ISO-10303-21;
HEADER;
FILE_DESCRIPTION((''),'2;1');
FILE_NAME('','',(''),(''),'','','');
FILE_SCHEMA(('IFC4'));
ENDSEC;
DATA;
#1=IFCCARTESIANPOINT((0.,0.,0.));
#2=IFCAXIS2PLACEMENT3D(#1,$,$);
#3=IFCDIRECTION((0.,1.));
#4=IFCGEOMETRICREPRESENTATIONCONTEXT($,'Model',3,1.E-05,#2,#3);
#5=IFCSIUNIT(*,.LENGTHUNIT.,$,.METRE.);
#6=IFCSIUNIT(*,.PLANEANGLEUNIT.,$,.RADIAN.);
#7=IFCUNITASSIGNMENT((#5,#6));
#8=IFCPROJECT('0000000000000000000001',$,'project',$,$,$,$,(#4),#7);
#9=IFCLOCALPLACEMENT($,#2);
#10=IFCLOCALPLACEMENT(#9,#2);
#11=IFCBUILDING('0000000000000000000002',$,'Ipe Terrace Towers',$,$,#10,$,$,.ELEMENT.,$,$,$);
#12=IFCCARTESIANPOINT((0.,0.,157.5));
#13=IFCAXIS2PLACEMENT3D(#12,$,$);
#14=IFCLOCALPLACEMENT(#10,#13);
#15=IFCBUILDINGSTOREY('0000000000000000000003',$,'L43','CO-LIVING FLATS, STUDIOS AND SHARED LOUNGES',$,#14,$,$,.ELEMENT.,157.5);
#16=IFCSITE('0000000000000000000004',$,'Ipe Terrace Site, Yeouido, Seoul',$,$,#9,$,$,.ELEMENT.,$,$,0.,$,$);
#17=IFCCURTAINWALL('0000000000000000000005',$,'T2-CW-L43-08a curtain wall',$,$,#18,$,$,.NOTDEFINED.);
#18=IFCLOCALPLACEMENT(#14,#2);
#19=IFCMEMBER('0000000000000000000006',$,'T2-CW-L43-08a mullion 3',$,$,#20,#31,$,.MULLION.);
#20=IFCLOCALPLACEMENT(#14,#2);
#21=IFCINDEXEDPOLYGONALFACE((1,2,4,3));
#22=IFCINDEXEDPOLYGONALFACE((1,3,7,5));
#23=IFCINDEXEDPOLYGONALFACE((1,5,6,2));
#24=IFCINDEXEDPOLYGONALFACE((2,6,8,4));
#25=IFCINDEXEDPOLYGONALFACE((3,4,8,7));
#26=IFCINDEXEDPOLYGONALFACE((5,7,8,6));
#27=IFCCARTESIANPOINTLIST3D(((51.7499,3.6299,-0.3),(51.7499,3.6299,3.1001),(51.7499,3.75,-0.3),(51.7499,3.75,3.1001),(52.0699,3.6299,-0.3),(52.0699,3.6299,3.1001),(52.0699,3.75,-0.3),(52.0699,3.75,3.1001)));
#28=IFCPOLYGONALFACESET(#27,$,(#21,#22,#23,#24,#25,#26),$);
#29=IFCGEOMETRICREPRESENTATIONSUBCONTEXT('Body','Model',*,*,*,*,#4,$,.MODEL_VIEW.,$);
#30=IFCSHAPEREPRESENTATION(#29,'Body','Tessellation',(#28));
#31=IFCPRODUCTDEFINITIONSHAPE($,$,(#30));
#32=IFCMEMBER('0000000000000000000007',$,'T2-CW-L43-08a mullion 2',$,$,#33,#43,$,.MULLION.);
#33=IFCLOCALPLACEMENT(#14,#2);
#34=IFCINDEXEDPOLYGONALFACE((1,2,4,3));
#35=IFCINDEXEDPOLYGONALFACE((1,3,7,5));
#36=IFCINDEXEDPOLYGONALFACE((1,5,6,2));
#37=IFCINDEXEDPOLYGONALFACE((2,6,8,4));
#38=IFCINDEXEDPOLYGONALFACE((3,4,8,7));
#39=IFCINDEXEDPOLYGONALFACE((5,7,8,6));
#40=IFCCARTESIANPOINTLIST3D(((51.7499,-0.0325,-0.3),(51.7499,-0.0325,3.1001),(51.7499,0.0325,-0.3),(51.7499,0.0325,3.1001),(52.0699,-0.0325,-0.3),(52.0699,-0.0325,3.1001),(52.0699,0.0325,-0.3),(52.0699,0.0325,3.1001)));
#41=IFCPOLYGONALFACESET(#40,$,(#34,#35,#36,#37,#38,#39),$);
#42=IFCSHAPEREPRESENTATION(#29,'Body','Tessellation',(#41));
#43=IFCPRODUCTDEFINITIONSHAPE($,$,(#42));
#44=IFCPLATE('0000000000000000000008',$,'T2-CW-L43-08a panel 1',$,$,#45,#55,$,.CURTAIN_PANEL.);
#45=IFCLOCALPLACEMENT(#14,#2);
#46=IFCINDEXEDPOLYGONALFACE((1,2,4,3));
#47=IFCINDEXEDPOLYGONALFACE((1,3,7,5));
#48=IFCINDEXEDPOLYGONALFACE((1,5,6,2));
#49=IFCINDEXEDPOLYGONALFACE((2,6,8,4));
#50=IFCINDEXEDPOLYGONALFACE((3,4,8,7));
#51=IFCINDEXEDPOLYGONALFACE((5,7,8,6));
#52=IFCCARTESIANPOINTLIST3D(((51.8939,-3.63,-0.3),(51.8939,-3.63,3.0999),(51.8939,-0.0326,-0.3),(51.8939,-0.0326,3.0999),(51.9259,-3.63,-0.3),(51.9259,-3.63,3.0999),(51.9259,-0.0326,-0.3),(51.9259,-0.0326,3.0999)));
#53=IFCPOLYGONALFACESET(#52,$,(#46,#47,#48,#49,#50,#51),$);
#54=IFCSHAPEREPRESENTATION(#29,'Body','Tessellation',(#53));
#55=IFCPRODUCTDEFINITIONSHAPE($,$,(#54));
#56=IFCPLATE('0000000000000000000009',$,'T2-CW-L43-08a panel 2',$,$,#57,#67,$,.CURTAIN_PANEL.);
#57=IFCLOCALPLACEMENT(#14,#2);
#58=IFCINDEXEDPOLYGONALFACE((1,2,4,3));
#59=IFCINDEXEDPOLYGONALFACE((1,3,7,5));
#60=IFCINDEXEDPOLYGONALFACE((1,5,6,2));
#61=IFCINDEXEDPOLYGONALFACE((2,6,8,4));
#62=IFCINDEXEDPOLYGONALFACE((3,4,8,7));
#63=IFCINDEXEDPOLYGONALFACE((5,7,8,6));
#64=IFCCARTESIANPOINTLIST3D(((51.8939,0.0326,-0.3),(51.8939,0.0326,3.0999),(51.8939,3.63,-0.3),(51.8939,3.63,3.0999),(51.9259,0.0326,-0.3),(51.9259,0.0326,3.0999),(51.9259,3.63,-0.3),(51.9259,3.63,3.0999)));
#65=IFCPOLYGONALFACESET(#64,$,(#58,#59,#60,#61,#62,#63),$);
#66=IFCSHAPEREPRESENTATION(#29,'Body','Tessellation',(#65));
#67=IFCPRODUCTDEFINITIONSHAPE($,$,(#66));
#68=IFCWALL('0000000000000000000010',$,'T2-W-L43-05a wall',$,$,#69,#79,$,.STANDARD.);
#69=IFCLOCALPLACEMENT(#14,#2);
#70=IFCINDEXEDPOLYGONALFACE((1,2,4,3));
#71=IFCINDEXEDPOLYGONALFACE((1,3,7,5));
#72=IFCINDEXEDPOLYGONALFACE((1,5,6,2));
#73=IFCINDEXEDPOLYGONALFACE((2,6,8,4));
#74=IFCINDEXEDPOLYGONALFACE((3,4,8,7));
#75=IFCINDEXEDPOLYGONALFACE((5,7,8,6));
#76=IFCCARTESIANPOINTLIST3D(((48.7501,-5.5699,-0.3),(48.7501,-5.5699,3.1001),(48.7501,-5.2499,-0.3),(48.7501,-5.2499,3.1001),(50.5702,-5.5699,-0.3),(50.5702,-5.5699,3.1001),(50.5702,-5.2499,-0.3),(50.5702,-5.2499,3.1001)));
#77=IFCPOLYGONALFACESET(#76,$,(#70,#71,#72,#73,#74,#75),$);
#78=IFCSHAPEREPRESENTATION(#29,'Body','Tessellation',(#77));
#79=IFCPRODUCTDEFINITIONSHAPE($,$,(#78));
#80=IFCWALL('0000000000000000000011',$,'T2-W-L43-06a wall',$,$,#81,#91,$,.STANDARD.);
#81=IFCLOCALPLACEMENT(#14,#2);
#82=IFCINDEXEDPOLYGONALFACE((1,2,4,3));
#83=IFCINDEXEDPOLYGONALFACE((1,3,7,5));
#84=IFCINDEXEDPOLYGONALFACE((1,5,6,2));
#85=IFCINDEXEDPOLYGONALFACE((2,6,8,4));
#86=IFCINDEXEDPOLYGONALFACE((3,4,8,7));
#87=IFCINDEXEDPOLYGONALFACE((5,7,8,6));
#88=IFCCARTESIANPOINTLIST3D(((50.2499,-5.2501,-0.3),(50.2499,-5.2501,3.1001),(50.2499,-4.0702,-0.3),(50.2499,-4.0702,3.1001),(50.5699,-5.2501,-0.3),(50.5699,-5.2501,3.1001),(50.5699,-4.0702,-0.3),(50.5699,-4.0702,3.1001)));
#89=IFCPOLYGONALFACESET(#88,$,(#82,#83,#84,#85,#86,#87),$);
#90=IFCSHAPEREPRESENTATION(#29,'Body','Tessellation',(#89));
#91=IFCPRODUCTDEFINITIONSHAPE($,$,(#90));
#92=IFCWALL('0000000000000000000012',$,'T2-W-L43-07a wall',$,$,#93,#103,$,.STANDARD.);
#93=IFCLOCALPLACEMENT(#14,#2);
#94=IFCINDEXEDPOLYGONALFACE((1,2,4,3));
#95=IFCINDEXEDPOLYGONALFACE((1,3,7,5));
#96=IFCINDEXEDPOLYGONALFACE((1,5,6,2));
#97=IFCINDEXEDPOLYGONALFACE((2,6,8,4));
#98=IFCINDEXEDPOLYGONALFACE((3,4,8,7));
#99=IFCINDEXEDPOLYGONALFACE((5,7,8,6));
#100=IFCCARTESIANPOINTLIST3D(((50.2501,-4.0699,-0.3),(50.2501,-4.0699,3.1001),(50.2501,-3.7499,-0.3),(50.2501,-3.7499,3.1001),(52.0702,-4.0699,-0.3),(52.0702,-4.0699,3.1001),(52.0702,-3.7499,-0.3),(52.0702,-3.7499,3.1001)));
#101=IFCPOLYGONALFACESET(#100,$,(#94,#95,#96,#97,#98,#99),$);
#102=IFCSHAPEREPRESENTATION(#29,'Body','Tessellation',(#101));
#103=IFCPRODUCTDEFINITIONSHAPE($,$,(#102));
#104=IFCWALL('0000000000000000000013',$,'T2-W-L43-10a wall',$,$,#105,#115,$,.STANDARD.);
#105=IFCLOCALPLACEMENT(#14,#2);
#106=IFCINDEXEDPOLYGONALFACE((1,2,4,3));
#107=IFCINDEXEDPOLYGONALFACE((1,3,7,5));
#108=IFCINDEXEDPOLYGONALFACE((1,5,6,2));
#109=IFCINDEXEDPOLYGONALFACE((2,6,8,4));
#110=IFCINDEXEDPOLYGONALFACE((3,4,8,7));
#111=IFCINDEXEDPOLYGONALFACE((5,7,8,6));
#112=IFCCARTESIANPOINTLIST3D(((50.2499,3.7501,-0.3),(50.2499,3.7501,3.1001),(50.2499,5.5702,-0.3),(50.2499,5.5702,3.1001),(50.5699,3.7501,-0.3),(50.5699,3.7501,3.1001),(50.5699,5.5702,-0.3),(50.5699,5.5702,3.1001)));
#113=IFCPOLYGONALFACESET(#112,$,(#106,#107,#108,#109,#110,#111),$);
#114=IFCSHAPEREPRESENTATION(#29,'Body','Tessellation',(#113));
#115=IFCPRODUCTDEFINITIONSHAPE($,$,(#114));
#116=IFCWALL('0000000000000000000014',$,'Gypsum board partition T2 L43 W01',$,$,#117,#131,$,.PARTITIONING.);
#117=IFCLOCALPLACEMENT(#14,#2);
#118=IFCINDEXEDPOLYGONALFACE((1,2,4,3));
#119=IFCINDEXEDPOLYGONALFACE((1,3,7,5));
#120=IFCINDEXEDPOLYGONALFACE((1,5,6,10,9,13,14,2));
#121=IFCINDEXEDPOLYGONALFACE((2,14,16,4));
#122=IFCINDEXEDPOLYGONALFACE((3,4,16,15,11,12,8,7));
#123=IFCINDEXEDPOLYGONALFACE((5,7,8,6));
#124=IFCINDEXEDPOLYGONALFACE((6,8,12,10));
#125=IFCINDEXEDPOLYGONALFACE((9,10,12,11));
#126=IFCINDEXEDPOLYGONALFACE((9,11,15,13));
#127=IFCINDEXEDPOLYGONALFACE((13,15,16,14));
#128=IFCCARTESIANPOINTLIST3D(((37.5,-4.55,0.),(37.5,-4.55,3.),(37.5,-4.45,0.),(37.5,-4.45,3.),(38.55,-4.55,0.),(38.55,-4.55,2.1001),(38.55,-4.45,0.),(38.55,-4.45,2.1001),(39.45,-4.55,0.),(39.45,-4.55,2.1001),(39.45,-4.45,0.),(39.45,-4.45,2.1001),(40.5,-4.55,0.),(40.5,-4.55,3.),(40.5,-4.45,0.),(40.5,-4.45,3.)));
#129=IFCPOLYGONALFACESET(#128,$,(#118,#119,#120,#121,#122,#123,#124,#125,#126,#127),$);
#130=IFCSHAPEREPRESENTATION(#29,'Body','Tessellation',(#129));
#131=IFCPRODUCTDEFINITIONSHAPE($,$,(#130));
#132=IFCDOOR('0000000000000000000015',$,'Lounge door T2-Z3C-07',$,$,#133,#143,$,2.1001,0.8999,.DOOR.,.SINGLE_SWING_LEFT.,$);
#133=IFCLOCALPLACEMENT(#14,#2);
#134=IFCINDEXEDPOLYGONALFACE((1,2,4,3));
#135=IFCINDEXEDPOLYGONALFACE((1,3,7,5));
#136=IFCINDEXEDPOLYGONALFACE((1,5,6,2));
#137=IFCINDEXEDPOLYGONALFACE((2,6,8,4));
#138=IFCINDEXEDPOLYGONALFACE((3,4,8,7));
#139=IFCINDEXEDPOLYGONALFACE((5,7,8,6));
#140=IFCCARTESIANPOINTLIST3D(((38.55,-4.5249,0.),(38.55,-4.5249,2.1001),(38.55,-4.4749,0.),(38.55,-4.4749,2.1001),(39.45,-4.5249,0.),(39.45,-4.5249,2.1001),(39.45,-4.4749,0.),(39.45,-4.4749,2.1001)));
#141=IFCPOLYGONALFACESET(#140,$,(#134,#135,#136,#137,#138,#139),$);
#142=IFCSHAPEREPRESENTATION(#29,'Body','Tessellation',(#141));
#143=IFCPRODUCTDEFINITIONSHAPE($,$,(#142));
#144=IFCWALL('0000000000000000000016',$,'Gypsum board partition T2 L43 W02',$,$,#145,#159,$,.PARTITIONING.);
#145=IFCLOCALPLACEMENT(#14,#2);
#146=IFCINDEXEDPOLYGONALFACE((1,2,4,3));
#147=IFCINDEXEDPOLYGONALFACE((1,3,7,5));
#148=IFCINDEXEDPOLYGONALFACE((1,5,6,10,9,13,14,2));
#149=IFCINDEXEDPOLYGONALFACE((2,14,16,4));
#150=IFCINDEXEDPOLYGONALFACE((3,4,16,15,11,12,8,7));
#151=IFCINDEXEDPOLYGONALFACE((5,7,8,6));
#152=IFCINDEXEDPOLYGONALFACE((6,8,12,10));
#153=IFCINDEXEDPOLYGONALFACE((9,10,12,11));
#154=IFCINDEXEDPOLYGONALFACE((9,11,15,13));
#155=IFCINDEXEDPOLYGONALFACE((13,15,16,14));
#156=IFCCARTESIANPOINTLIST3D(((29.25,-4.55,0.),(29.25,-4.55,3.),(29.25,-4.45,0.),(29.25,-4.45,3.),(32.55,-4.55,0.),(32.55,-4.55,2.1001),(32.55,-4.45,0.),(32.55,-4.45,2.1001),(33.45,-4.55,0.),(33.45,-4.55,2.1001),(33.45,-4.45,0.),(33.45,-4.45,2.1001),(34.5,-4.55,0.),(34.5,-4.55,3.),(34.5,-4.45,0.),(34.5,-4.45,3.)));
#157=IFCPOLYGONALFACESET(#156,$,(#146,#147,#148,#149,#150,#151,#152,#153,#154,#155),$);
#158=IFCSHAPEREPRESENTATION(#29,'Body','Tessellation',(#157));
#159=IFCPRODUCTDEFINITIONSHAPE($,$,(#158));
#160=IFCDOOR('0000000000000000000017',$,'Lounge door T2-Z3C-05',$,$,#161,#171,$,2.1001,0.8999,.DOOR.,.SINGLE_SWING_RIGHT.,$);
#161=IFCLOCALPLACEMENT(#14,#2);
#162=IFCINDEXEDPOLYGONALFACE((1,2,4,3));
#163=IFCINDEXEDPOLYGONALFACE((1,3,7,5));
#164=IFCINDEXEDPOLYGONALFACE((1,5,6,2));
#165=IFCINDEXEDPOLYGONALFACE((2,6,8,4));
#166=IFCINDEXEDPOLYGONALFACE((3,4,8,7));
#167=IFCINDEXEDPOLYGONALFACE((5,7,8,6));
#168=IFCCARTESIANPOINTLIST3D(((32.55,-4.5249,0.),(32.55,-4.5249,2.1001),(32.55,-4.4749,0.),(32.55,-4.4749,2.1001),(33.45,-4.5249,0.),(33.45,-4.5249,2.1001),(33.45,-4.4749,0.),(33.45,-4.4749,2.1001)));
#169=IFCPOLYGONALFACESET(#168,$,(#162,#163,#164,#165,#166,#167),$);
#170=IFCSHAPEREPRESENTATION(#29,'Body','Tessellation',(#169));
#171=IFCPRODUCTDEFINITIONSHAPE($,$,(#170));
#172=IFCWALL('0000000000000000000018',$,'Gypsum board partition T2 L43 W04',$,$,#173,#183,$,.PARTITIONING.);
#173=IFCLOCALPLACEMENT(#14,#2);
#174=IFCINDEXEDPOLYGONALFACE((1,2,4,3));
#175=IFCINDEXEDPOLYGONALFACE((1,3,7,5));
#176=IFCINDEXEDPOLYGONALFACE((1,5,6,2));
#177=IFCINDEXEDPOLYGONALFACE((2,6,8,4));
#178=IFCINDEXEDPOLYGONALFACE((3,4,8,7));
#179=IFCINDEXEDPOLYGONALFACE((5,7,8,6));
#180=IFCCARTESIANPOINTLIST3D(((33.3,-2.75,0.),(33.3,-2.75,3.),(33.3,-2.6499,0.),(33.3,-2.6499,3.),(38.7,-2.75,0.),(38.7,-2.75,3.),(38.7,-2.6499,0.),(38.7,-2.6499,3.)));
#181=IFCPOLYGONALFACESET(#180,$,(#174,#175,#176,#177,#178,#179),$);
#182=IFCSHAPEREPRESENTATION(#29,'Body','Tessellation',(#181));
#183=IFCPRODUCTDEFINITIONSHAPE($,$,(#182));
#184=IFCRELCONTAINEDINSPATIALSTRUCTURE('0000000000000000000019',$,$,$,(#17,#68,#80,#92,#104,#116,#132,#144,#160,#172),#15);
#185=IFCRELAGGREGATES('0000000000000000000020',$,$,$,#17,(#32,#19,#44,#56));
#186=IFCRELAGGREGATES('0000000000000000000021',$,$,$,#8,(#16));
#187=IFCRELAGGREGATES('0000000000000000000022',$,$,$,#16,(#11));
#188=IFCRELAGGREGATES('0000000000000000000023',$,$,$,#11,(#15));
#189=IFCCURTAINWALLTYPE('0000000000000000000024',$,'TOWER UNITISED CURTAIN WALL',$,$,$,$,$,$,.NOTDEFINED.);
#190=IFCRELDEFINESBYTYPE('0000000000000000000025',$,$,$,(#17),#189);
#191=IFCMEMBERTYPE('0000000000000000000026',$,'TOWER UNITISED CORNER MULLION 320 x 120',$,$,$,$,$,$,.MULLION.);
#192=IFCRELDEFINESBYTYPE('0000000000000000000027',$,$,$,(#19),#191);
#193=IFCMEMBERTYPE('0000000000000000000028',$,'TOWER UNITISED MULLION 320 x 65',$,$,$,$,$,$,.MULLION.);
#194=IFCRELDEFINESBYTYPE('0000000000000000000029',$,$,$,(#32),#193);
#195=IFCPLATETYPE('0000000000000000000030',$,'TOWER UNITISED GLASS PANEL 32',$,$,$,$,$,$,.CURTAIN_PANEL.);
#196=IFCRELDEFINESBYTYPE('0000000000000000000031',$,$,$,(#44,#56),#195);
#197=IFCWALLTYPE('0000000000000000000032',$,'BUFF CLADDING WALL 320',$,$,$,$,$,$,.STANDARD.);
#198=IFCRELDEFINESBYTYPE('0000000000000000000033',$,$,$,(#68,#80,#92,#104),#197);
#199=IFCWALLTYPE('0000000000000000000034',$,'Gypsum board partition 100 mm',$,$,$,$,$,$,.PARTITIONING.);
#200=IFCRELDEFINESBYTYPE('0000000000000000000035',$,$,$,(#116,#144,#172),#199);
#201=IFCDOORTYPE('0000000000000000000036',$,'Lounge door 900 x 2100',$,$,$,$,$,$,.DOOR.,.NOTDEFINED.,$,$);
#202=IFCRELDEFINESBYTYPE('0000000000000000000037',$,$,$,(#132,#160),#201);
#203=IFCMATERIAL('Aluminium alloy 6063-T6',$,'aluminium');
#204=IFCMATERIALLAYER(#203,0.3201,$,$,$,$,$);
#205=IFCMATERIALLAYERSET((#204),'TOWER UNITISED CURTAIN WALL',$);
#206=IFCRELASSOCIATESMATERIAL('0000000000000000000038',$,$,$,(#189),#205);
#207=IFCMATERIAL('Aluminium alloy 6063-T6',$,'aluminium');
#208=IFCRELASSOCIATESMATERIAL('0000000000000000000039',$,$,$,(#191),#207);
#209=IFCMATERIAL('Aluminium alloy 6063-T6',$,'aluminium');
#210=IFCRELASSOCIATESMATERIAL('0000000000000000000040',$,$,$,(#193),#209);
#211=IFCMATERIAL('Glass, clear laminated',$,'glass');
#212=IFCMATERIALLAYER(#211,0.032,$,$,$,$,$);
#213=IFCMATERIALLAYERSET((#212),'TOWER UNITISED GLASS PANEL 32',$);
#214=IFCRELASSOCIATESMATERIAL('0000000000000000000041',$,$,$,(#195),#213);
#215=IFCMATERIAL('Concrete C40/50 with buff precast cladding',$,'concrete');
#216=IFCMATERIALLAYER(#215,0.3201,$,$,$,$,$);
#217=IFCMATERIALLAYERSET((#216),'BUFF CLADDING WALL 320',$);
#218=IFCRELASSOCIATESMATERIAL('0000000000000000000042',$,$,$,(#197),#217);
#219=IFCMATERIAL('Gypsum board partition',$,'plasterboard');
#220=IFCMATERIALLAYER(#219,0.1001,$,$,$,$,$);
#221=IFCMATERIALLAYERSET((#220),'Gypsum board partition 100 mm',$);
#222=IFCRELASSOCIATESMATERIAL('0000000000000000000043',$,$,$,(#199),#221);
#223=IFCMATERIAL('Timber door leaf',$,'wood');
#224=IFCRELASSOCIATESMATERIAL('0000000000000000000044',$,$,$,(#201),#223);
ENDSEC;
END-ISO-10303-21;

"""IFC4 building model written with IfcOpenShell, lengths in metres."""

from ifc_helpers import new_model, si_unit, direction, frame, frame_2d, origin, origin_2d, place, context, subcontext, project, spatial, rectangle, extrude, material, layer, layer_set, material_profile, profile_set, type_object, element, fill, aggregate, save


model = new_model("IFC4")

# Units and contexts
model_context = context("Model", 3, precision=1e-05, world=origin(), true_north=direction((0.0, 1.0)))
body_context = subcontext(model_context, "Body", "Model", "MODEL_VIEW")
ifc_project = project(units=[si_unit("LENGTHUNIT", "METRE"), si_unit("PLANEANGLEUNIT", "RADIAN")], contexts=[model_context])

# Site, building, storey
site_placement = place(None, origin())
site = spatial("IfcSite", under=ifc_project, at=site_placement, Name="Ipe Terrace Site, Yeouido, Seoul", CompositionType="ELEMENT", RefElevation=0.0)
building_placement = place(site_placement, origin())
building = spatial("IfcBuilding", under=site, at=building_placement, Name="Ipe Terrace Towers", CompositionType="ELEMENT")
storey_placement = place(building_placement, frame((0.0, 0.0, 157.5)))
storey = spatial("IfcBuildingStorey", under=building, at=storey_placement, Name="L43", Description="CO-LIVING FLATS, STUDIOS AND SHARED LOUNGES", CompositionType="ELEMENT", Elevation=157.5)

# Curtain wall, members, plates
ifc_material_1 = material(Name="Aluminium alloy 6063-T6", Category="aluminium")
ifc_layer_1 = layer(ifc_material_1, 0.3201)
ifc_layer_set_1 = layer_set([ifc_layer_1], Name="TOWER UNITISED CURTAIN WALL")
curtain_wall_type = type_object("IfcCurtainWallType", Name="TOWER UNITISED CURTAIN WALL", PredefinedType="NOTDEFINED", material=ifc_layer_set_1)
curtain_wall_placement = place(storey_placement, origin())
curtain_wall = element("IfcCurtainWall", 1, at=curtain_wall_placement, inside=storey, type_object=curtain_wall_type, Name="T2-CW-L43-08a curtain wall", PredefinedType="NOTDEFINED")
ifc_material_2 = material(Name="Aluminium alloy 6063-T6", Category="aluminium")
ifc_material_profile_1 = material_profile(ifc_material_2, rectangle(XDim=0.3201, YDim=0.1201, at=origin_2d()), Name="TOWER UNITISED CORNER MULLION 320 x 120")
ifc_profile_set_1 = profile_set([ifc_material_profile_1], Name="Aluminium alloy 6063-T6")
member_type_1 = type_object("IfcMemberType", Name="TOWER UNITISED CORNER MULLION 320 x 120", PredefinedType="MULLION", material=ifc_profile_set_1)
member_1_placement = place(storey_placement, frame((51.9099, 3.6899, -0.3), z_axis=(0.0, 0.0, 1.0), x_axis=(1.0, 0.0, 0.0)))
member_1 = element("IfcMember", 2, at=member_1_placement, type_object=member_type_1, Name="T2-CW-L43-08a mullion 3", PredefinedType="MULLION", context=body_context, shape_type="SweptSolid", body=[
    extrude(rectangle(XDim=0.3201, YDim=0.1201, at=origin_2d()), origin(), (0.0, 0.0, 1.0), 3.4001),
])
ifc_material_3 = material(Name="Aluminium alloy 6063-T6", Category="aluminium")
ifc_material_profile_2 = material_profile(ifc_material_3, rectangle(XDim=0.3201, YDim=0.0649, at=origin_2d()), Name="TOWER UNITISED MULLION 320 x 65")
ifc_profile_set_2 = profile_set([ifc_material_profile_2], Name="Aluminium alloy 6063-T6")
member_type_2 = type_object("IfcMemberType", Name="TOWER UNITISED MULLION 320 x 65", PredefinedType="MULLION", material=ifc_profile_set_2)
member_2_placement = place(storey_placement, frame((51.9099, 0.0, -0.3), z_axis=(0.0, 0.0, 1.0), x_axis=(1.0, 0.0, 0.0)))
member_2 = element("IfcMember", 3, at=member_2_placement, type_object=member_type_2, Name="T2-CW-L43-08a mullion 2", PredefinedType="MULLION", context=body_context, shape_type="SweptSolid", body=[
    extrude(rectangle(XDim=0.3201, YDim=0.0649, at=origin_2d()), origin(), (0.0, 0.0, 1.0), 3.4001),
])
ifc_material_4 = material(Name="Glass, clear laminated", Category="glass")
ifc_layer_2 = layer(ifc_material_4, 0.032)
ifc_layer_set_2 = layer_set([ifc_layer_2], Name="TOWER UNITISED GLASS PANEL 32")
plate_type = type_object("IfcPlateType", Name="TOWER UNITISED GLASS PANEL 32", PredefinedType="CURTAIN_PANEL", material=ifc_layer_set_2)
plate_1_placement = place(storey_placement, frame((51.9099, -1.8313, -0.3), z_axis=(0.0, 0.0, 1.0), x_axis=(0.0, 1.0, 0.0)))
plate_1 = element("IfcPlate", 4, at=plate_1_placement, type_object=plate_type, Name="T2-CW-L43-08a panel 1", PredefinedType="CURTAIN_PANEL", context=body_context, shape_type="SweptSolid", body=[
    extrude(rectangle(XDim=3.5974, YDim=0.032, at=origin_2d()), origin(), (0.0, 0.0, 1.0), 3.3999),
])
plate_2_placement = place(storey_placement, frame((51.9099, 1.8313, -0.3), z_axis=(0.0, 0.0, 1.0), x_axis=(0.0, 1.0, 0.0)))
plate_2 = element("IfcPlate", 5, at=plate_2_placement, type_object=plate_type, Name="T2-CW-L43-08a panel 2", PredefinedType="CURTAIN_PANEL", context=body_context, shape_type="SweptSolid", body=[
    extrude(rectangle(XDim=3.5974, YDim=0.032, at=origin_2d()), origin(), (0.0, 0.0, 1.0), 3.3999),
])
aggregate(curtain_wall, [member_2, member_1, plate_1, plate_2])

# Walls
ifc_material_5 = material(Name="Concrete C40/50 with buff precast cladding", Category="concrete")
ifc_layer_3 = layer(ifc_material_5, 0.3201)
ifc_layer_set_3 = layer_set([ifc_layer_3], Name="BUFF CLADDING WALL 320")
wall_type_1 = type_object("IfcWallType", Name="BUFF CLADDING WALL 320", PredefinedType="STANDARD", material=ifc_layer_set_3)
wall_1_placement = place(storey_placement, frame((48.75, -5.4099, -0.3), z_axis=(0.0, 0.0, 1.0), x_axis=(1.0, 0.0, 0.0)))
element("IfcWall", 6, at=wall_1_placement, inside=storey, type_object=wall_type_1, Name="T2-W-L43-05a wall", PredefinedType="STANDARD", context=body_context, shape_type="SweptSolid", body=[
    extrude(rectangle(XDim=1.8201, YDim=0.3201, at=frame_2d((0.9102, 0.0))), origin(), (0.0, 0.0, 1.0), 3.4001),
])
wall_2_placement = place(storey_placement, frame((50.4099, -5.25, -0.3), z_axis=(0.0, 0.0, 1.0), x_axis=(0.0, 1.0, 0.0)))
element("IfcWall", 7, at=wall_2_placement, inside=storey, type_object=wall_type_1, Name="T2-W-L43-06a wall", PredefinedType="STANDARD", context=body_context, shape_type="SweptSolid", body=[
    extrude(rectangle(XDim=1.1799, YDim=0.3201, at=frame_2d((0.5898, 0.0))), origin(), (0.0, 0.0, 1.0), 3.4001),
])
for number, where, z_axis, x_axis, name in (
    (8, (50.25, -3.9099, -0.3), (0.0, 0.0, 1.0), (1.0, 0.0, 0.0), "T2-W-L43-07a wall"),
    (9, (50.4099, 3.75, -0.3), (0.0, 0.0, 1.0), (0.0, 1.0, 0.0), "T2-W-L43-10a wall"),
):
    element("IfcWall", number, at=place(storey_placement, frame(where, z_axis=z_axis, x_axis=x_axis)), inside=storey, type_object=wall_type_1, Name=name, PredefinedType="STANDARD", context=body_context, shape_type="SweptSolid", body=[
        extrude(rectangle(XDim=1.8201, YDim=0.3201, at=frame_2d((0.9102, 0.0))), origin(), (0.0, 0.0, 1.0), 3.4001),
    ])

# Walls, openings, doors
ifc_material_6 = material(Name="Gypsum board partition", Category="plasterboard")
ifc_layer_4 = layer(ifc_material_6, 0.1001)
ifc_layer_set_4 = layer_set([ifc_layer_4], Name="Gypsum board partition 100 mm")
wall_type_2 = type_object("IfcWallType", Name="Gypsum board partition 100 mm", PredefinedType="PARTITIONING", material=ifc_layer_set_4)
wall_3_placement = place(storey_placement, frame((40.5, -4.5, 0.0), z_axis=(0.0, 0.0, 1.0), x_axis=(-1.0, 0.0, 0.0)))
wall_3 = element("IfcWall", 10, at=wall_3_placement, inside=storey, type_object=wall_type_2, Name="Gypsum board partition T2 L43 W01", PredefinedType="PARTITIONING", context=body_context, shape_type="SweptSolid", body=[
    extrude(rectangle(XDim=3.0, YDim=0.1001, at=frame_2d((1.5, 0.0))), origin(), (0.0, 0.0, 1.0), 3.0),
])
opening_1_placement = place(wall_3_placement, frame((1.05, 0.0, 0.0)))
opening_1 = element("IfcOpeningElement", 11, at=opening_1_placement, cuts=wall_3, PredefinedType="OPENING", context=body_context, shape_type="SweptSolid", body=[
    extrude(rectangle(XDim=0.8999, YDim=2.1001, at=frame_2d((0.45, 1.05))), frame((0.0, 0.0601, 0.0), z_axis=(0.0, -1.0, 0.0), x_axis=(1.0, 0.0, 0.0)), (0.0, 0.0, 1.0), 0.1201),
])
ifc_material_7 = material(Name="Timber door leaf", Category="wood")
door_type = type_object("IfcDoorType", Name="Lounge door 900 x 2100", OperationType="NOTDEFINED", PredefinedType="DOOR", material=ifc_material_7)
door_1_placement = place(opening_1_placement, origin())
door_1 = element("IfcDoor", 12, at=door_1_placement, inside=storey, type_object=door_type, Name="Lounge door T2-Z3C-07", OperationType="SINGLE_SWING_LEFT", OverallHeight=2.1001, OverallWidth=0.8999, PredefinedType="DOOR", context=body_context, shape_type="SweptSolid", body=[
    extrude(rectangle(XDim=0.8999, YDim=2.1001, at=frame_2d((0.45, 1.05))), frame((0.0, 0.0249, 0.0), z_axis=(0.0, -1.0, 0.0), x_axis=(1.0, 0.0, 0.0)), (0.0, 0.0, 1.0), 0.05),
])
fill(opening_1, door_1)
wall_4_placement = place(storey_placement, frame((34.5, -4.5, 0.0), z_axis=(0.0, 0.0, 1.0), x_axis=(-1.0, 0.0, 0.0)))
wall_4 = element("IfcWall", 13, at=wall_4_placement, inside=storey, type_object=wall_type_2, Name="Gypsum board partition T2 L43 W02", PredefinedType="PARTITIONING", context=body_context, shape_type="SweptSolid", body=[
    extrude(rectangle(XDim=5.25, YDim=0.1001, at=frame_2d((2.625, 0.0))), origin(), (0.0, 0.0, 1.0), 3.0),
])
opening_2_placement = place(wall_4_placement, frame((1.05, 0.0, 0.0)))
opening_2 = element("IfcOpeningElement", 14, at=opening_2_placement, cuts=wall_4, PredefinedType="OPENING", context=body_context, shape_type="SweptSolid", body=[
    extrude(rectangle(XDim=0.8999, YDim=2.1001, at=frame_2d((0.45, 1.05))), frame((0.0, 0.0601, 0.0), z_axis=(0.0, -1.0, 0.0), x_axis=(1.0, 0.0, 0.0)), (0.0, 0.0, 1.0), 0.1201),
])
door_2_placement = place(opening_2_placement, origin())
door_2 = element("IfcDoor", 15, at=door_2_placement, inside=storey, type_object=door_type, Name="Lounge door T2-Z3C-05", OperationType="SINGLE_SWING_RIGHT", OverallHeight=2.1001, OverallWidth=0.8999, PredefinedType="DOOR", context=body_context, shape_type="SweptSolid", body=[
    extrude(rectangle(XDim=0.8999, YDim=2.1001, at=frame_2d((0.45, 1.05))), frame((0.0, 0.0249, 0.0), z_axis=(0.0, -1.0, 0.0), x_axis=(1.0, 0.0, 0.0)), (0.0, 0.0, 1.0), 0.05),
])
fill(opening_2, door_2)

# Wall
wall_5_placement = place(storey_placement, frame((38.7, -2.7, 0.0), z_axis=(0.0, 0.0, 1.0), x_axis=(-1.0, 0.0, 0.0)))
element("IfcWall", 16, at=wall_5_placement, inside=storey, type_object=wall_type_2, Name="Gypsum board partition T2 L43 W04", PredefinedType="PARTITIONING", context=body_context, shape_type="SweptSolid", body=[
    extrude(rectangle(XDim=5.3999, YDim=0.1001, at=frame_2d((2.7, 0.0))), origin(), (0.0, 0.0, 1.0), 3.0),
])

save(model, "model.ifc")
